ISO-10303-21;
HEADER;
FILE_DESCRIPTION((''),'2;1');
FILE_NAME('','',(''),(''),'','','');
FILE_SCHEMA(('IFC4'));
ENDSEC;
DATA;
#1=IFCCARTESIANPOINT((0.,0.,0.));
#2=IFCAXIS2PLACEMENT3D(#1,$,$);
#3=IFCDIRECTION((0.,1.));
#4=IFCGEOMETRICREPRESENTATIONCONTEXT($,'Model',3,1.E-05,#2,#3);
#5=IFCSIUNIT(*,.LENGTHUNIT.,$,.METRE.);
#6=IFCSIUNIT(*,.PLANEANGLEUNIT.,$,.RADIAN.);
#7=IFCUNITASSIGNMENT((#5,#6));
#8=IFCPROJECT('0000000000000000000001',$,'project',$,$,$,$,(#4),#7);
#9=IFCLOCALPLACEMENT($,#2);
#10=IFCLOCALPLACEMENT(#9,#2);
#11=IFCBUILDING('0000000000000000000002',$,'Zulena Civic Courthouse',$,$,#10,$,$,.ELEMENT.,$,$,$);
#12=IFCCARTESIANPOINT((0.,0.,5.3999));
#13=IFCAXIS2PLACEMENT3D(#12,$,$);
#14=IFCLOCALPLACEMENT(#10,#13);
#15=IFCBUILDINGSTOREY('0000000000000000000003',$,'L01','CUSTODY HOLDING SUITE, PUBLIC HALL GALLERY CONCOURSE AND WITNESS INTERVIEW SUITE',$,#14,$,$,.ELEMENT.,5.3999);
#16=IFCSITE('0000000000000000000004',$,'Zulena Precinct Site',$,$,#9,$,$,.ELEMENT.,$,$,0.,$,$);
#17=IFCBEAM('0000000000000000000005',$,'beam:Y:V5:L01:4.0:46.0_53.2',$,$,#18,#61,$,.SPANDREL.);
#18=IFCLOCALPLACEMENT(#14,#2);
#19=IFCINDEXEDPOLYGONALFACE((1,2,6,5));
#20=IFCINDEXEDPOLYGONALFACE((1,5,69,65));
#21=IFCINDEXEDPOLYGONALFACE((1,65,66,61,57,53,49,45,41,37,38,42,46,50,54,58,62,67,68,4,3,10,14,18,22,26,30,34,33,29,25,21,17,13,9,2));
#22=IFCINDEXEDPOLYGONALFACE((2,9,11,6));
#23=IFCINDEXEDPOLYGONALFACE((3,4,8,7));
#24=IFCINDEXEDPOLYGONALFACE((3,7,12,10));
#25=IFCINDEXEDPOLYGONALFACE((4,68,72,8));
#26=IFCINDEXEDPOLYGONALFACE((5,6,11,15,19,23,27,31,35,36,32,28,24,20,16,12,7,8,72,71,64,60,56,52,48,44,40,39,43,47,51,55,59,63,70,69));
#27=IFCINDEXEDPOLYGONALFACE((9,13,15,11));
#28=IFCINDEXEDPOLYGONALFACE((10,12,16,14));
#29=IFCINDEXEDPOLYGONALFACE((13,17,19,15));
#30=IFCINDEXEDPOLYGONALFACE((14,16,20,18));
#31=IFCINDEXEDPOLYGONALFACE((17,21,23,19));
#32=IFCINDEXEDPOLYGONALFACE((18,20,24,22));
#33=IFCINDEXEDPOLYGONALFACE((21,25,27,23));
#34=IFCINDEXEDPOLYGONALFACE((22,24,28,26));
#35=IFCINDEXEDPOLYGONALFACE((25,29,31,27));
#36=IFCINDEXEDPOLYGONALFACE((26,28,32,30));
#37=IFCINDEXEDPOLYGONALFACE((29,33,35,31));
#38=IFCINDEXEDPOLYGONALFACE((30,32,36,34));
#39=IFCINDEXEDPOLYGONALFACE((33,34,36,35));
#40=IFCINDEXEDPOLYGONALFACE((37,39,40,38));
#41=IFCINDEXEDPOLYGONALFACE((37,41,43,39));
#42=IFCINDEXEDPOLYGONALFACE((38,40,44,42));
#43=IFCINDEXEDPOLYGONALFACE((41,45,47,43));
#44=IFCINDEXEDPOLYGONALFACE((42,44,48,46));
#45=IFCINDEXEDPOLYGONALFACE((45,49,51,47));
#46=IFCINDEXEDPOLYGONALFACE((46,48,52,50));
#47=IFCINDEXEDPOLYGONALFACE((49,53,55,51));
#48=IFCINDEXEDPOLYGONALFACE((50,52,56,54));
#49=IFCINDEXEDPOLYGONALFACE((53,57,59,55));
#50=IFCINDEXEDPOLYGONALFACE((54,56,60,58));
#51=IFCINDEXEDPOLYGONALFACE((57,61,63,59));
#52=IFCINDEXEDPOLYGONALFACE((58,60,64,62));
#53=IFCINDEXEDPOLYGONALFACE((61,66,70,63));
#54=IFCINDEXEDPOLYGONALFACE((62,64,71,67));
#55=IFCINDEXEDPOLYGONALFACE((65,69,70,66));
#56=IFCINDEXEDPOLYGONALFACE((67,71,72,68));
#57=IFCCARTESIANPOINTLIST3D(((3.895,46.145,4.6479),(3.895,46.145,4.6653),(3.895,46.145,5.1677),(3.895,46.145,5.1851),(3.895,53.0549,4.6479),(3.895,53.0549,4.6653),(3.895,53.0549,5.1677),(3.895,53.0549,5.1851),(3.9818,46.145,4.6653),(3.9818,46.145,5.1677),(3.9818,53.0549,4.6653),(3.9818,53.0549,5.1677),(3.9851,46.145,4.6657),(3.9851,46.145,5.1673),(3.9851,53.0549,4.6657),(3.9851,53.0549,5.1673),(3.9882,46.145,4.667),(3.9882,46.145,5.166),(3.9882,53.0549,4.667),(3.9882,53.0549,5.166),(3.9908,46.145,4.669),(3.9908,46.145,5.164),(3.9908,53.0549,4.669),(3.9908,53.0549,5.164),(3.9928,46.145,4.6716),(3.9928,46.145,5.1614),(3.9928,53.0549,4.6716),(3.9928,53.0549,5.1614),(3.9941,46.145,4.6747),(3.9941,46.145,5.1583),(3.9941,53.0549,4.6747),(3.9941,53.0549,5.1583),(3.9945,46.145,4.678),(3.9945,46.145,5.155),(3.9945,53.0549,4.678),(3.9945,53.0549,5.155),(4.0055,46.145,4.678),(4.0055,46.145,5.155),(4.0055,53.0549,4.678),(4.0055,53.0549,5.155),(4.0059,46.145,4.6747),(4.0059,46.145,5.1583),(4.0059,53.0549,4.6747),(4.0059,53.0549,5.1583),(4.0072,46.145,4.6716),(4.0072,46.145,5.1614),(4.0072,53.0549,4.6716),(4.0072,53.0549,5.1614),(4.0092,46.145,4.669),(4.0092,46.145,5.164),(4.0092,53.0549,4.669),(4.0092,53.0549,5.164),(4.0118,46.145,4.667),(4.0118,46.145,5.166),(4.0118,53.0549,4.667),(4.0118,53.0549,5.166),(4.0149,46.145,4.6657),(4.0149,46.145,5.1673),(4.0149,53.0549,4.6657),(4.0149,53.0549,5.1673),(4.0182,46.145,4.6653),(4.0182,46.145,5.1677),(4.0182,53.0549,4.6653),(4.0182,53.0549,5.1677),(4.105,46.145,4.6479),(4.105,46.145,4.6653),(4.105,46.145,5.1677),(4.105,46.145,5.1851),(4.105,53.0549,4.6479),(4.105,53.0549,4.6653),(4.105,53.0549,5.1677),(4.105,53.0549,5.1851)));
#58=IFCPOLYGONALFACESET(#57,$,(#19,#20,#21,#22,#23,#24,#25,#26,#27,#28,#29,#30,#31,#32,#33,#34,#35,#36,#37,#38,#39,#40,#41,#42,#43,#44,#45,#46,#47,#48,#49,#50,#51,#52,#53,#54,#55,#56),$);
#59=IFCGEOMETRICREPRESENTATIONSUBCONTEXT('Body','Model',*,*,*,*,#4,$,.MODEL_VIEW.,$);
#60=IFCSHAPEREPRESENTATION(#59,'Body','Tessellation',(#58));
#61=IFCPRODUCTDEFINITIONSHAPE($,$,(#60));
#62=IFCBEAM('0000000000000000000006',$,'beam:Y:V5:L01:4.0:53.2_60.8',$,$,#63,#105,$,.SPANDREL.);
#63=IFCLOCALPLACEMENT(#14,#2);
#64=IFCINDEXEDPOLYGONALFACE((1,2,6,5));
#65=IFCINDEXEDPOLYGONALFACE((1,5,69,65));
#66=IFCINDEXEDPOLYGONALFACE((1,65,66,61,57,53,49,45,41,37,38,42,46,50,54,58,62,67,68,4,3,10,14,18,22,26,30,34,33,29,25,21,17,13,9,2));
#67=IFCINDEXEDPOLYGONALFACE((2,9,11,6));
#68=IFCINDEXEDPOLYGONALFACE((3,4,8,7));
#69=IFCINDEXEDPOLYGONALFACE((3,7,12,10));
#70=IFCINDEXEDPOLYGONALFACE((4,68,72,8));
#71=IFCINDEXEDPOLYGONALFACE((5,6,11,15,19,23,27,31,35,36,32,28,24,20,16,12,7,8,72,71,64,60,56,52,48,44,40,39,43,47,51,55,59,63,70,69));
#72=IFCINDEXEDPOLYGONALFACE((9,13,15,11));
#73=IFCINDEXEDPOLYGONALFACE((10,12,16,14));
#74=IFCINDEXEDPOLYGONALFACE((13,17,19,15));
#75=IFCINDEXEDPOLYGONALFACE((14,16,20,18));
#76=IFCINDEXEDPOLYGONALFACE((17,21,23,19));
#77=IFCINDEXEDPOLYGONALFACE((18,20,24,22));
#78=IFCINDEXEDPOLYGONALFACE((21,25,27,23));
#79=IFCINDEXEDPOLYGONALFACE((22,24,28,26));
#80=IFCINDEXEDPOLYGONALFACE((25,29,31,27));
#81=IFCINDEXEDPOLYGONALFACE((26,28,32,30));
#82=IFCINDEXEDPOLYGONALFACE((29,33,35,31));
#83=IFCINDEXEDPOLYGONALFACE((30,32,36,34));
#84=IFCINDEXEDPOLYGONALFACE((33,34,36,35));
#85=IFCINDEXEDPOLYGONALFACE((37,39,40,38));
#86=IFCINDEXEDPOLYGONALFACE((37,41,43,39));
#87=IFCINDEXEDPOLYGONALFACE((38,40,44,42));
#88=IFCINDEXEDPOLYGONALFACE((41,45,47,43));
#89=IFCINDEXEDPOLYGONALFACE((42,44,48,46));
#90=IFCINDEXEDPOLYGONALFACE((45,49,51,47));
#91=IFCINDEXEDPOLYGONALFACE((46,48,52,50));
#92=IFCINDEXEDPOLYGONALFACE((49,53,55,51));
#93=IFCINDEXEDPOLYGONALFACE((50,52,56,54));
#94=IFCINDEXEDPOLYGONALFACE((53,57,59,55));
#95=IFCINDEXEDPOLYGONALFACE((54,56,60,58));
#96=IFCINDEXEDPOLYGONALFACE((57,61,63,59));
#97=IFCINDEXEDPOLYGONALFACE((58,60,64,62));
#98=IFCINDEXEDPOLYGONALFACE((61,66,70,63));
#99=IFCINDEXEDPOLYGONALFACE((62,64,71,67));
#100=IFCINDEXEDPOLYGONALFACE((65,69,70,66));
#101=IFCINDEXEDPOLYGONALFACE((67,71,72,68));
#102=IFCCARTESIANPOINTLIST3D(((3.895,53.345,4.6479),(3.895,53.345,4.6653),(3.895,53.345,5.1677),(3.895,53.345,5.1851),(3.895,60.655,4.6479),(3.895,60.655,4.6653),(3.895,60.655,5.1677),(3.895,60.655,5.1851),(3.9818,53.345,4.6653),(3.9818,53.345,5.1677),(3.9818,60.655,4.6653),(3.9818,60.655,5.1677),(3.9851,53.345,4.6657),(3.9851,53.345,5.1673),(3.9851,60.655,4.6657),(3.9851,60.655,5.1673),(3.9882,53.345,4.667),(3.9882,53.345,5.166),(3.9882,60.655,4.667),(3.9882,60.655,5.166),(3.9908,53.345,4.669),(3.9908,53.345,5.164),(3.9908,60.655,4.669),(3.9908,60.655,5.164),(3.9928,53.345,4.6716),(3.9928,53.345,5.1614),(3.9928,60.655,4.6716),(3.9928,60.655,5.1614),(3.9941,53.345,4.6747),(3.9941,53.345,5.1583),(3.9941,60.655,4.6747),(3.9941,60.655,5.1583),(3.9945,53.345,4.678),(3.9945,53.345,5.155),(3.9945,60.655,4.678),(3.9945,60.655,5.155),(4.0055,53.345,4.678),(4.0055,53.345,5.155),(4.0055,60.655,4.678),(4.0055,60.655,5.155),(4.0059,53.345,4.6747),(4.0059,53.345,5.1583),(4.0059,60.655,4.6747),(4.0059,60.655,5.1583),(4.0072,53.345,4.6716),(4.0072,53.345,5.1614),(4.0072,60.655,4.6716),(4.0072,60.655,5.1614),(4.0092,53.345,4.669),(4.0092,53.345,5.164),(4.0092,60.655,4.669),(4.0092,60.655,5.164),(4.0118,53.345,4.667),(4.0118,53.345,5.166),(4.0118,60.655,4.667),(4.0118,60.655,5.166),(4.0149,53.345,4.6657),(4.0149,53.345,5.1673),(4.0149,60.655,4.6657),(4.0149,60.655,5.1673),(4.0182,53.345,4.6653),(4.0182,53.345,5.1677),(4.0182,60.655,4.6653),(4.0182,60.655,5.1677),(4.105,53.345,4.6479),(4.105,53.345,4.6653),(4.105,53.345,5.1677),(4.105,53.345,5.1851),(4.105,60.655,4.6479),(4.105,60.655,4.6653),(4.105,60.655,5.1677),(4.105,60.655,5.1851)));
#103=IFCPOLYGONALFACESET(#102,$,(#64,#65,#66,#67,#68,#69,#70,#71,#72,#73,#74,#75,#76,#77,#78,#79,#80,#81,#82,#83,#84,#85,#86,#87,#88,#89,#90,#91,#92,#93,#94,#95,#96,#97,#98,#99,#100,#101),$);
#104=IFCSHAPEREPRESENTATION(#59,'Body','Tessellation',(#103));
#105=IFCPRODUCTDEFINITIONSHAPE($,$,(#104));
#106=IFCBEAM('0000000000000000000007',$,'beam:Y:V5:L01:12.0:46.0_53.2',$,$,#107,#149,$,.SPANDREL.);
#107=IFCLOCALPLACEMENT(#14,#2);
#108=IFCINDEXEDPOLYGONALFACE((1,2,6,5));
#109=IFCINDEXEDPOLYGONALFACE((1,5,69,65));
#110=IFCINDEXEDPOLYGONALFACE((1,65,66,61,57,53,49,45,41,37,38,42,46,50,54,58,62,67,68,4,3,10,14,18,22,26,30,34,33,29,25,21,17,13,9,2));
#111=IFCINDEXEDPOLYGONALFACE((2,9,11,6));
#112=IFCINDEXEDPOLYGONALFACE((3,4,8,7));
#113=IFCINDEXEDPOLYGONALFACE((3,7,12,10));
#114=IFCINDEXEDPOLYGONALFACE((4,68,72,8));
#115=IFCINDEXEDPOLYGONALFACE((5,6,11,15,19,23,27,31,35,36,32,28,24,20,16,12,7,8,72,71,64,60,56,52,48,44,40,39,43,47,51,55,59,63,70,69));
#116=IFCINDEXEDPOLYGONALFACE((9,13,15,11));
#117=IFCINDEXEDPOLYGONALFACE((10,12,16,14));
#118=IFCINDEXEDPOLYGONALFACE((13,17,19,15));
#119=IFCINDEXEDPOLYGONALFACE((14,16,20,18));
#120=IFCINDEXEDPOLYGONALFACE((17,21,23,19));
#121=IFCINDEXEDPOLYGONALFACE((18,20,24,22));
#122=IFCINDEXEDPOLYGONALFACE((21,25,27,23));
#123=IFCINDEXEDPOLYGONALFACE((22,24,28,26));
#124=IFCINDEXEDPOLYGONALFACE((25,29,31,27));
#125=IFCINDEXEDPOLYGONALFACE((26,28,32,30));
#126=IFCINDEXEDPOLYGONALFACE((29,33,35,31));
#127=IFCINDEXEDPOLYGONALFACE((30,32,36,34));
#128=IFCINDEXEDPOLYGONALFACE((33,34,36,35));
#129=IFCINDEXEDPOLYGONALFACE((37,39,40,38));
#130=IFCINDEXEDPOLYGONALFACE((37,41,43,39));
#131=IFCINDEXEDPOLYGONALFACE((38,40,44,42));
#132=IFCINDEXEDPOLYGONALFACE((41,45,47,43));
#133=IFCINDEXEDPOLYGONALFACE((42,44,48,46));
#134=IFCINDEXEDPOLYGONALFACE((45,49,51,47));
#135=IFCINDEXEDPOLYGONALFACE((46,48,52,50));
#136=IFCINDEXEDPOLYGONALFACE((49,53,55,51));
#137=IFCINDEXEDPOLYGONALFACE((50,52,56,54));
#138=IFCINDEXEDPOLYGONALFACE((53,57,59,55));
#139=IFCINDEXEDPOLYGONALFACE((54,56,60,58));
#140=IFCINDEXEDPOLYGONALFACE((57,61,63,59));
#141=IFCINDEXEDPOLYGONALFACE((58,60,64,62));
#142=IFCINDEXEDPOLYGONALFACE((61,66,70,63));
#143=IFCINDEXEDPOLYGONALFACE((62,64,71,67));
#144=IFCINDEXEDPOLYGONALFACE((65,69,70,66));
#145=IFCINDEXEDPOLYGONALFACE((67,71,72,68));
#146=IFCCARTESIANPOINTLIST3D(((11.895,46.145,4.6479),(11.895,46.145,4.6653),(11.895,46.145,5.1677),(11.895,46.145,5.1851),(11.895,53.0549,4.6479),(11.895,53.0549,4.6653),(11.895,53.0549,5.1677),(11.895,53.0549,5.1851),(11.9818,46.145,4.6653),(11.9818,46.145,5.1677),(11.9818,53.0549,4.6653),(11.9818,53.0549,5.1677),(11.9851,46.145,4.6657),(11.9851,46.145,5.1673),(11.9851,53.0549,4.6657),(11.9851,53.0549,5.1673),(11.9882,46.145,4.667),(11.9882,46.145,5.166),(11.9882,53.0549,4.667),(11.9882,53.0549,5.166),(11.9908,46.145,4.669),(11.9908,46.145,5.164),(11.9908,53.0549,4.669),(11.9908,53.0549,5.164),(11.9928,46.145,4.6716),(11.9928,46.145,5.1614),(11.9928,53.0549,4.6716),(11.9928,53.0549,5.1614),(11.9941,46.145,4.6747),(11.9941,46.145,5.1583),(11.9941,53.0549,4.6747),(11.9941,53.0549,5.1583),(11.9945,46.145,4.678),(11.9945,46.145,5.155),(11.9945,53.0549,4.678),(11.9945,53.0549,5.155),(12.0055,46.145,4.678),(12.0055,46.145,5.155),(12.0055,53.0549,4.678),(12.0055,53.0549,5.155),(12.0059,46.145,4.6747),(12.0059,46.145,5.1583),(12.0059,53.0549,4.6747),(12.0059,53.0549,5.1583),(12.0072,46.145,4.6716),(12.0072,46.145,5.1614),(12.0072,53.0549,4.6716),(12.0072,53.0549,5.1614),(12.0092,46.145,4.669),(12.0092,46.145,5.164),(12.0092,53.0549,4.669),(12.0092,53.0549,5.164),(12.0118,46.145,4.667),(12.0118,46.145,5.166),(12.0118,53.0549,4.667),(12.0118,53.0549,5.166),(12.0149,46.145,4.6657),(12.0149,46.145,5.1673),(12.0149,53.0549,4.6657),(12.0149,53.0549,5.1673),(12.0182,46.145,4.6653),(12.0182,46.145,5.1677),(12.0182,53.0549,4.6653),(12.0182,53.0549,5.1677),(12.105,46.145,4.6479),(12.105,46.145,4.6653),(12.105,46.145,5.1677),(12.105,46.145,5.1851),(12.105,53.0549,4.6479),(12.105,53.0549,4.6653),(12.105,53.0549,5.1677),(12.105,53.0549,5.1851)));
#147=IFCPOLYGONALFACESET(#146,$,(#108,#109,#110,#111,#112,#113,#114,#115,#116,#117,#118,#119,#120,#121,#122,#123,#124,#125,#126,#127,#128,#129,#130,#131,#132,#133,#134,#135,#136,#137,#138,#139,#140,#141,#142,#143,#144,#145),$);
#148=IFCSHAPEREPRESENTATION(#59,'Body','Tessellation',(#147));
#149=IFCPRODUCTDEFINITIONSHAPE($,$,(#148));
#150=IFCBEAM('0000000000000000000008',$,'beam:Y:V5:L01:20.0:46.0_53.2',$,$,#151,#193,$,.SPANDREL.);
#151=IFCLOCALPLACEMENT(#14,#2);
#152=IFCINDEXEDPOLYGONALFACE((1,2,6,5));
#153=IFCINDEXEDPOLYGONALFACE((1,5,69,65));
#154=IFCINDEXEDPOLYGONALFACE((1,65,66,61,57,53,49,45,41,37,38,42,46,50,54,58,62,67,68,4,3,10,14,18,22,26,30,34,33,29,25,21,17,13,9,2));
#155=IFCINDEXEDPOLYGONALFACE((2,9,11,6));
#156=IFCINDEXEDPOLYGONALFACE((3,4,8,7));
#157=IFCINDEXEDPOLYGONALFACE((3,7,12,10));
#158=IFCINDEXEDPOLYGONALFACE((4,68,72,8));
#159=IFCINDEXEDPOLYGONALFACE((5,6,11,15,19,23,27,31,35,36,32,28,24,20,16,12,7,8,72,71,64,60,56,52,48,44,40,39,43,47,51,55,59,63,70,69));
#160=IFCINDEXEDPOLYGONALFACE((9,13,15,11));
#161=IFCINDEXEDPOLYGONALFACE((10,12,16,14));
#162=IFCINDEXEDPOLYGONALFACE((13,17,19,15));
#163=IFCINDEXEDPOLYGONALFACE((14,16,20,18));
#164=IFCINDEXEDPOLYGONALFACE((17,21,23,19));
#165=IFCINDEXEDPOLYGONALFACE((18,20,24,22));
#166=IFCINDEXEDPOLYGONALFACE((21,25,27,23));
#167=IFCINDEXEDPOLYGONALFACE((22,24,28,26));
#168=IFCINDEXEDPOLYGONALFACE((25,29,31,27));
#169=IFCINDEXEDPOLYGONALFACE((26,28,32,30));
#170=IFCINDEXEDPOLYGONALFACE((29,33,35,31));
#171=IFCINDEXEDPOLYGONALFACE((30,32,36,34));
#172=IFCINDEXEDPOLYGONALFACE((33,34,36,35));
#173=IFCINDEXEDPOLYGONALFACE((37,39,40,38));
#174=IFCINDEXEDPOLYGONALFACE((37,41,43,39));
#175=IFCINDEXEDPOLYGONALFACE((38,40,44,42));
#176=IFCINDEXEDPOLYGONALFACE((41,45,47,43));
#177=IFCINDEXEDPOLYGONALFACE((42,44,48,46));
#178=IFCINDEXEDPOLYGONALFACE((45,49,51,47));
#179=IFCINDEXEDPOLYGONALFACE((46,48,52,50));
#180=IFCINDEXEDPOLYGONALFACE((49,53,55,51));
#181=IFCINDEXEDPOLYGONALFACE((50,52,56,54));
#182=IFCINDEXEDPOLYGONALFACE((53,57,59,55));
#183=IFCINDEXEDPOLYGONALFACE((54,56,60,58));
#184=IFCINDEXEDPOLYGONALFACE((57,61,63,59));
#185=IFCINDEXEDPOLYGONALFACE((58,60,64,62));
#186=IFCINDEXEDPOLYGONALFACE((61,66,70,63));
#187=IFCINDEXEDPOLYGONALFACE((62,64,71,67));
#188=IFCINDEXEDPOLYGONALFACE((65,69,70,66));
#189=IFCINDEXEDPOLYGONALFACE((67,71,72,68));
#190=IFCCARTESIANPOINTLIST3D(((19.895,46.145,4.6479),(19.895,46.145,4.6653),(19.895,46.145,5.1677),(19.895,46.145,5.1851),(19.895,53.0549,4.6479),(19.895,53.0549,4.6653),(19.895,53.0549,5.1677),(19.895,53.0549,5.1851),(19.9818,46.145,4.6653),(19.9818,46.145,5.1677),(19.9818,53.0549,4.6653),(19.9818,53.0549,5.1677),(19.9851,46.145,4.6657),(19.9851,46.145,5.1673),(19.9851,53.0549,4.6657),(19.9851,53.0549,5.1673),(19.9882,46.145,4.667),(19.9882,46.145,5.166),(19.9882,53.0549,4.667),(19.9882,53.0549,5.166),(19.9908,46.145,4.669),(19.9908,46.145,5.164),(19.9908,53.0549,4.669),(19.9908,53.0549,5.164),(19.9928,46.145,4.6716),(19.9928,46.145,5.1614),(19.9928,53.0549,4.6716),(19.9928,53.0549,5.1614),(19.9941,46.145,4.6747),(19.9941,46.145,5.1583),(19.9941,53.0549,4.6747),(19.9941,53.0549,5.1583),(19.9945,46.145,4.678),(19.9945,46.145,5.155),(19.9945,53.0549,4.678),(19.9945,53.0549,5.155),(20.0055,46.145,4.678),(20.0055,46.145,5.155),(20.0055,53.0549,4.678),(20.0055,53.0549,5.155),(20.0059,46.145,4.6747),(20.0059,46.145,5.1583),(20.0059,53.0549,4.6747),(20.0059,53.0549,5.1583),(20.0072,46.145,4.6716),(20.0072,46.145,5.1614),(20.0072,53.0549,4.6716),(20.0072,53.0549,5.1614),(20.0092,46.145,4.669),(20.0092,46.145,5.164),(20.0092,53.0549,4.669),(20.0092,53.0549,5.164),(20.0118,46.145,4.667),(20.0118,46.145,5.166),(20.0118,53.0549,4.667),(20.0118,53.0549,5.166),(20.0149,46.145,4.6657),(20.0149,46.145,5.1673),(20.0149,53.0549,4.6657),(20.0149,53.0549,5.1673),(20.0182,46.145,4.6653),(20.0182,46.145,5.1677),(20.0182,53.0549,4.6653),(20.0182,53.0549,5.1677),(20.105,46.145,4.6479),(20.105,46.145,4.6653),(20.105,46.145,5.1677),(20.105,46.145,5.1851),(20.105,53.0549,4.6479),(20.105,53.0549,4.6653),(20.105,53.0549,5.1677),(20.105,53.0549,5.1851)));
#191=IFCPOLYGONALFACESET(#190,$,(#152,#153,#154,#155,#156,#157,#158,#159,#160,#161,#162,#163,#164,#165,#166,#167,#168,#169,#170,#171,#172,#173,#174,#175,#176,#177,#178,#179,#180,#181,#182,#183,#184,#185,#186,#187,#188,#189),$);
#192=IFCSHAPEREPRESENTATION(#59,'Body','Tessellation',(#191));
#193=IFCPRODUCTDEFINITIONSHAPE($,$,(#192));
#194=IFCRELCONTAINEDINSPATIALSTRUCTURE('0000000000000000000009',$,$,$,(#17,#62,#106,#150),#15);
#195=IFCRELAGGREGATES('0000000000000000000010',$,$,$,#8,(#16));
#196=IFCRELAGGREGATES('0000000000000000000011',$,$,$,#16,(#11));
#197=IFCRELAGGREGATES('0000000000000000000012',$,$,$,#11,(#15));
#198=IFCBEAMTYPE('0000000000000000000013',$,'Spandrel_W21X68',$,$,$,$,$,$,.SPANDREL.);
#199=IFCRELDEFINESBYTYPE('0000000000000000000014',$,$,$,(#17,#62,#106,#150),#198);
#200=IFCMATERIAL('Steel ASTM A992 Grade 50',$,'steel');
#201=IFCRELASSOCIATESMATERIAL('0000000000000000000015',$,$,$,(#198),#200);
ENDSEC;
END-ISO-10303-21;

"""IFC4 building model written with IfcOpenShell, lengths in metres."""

from ifc_helpers import new_model, si_unit, direction, frame, origin, origin_2d, place, context, subcontext, project, spatial, i_section, extrude, material, material_profile, profile_set, type_object, element, save


model = new_model("IFC4")

# Units and contexts
model_context = context("Model", 3, precision=1e-05, world=origin(), true_north=direction((0.0, 1.0)))
body_context = subcontext(model_context, "Body", "Model", "MODEL_VIEW")
ifc_project = project(units=[si_unit("LENGTHUNIT", "METRE"), si_unit("PLANEANGLEUNIT", "RADIAN")], contexts=[model_context])

# Site, building, storey
site_placement = place(None, origin())
site = spatial("IfcSite", under=ifc_project, at=site_placement, Name="Zulena Precinct Site", CompositionType="ELEMENT", RefElevation=0.0)
building_placement = place(site_placement, origin())
building = spatial("IfcBuilding", under=site, at=building_placement, Name="Zulena Civic Courthouse", CompositionType="ELEMENT")
storey_placement = place(building_placement, frame((0.0, 0.0, 5.3999)))
storey = spatial("IfcBuildingStorey", under=building, at=storey_placement, Name="L01", Description="CUSTODY HOLDING SUITE, PUBLIC HALL GALLERY CONCOURSE AND WITNESS INTERVIEW SUITE", CompositionType="ELEMENT", Elevation=5.3999)

# Shared definitions
ifc_material_1 = material(Name="Steel ASTM A992 Grade 50", Category="steel")

# Beams
ifc_material_profile_1 = material_profile(ifc_material_1, i_section(OverallWidth=0.21, OverallDepth=0.5371, WebThickness=0.011, FlangeThickness=0.0173, FilletRadius=0.0127, at=origin_2d()), Name="W21X68")
ifc_profile_set_1 = profile_set([ifc_material_profile_1], Name="Steel ASTM A992 Grade 50")
beam_type_1 = type_object("IfcBeamType", Name="Spandrel_W21X68", PredefinedType="SPANDREL", material=ifc_profile_set_1)
beam_1_placement = place(storey_placement, frame((4.0, 46.145, 4.9165), z_axis=(0.0, 1.0, 0.0), x_axis=(-1.0, 0.0, 0.0)))
element("IfcBeam", 1, at=beam_1_placement, inside=storey, type_object=beam_type_1, Name="beam:Y:V5:L01:4.0:46.0_53.2", PredefinedType="SPANDREL", context=body_context, shape_type="SweptSolid", body=[
    extrude(i_section(OverallWidth=0.21, OverallDepth=0.5371, WebThickness=0.011, FlangeThickness=0.0173, FilletRadius=0.0127, at=origin_2d()), origin(), (0.0, 0.0, 1.0), 6.9099),
])
beam_2_placement = place(storey_placement, frame((4.0, 53.345, 4.9165), z_axis=(0.0, 1.0, 0.0), x_axis=(-1.0, 0.0, 0.0)))
element("IfcBeam", 2, at=beam_2_placement, inside=storey, type_object=beam_type_1, Name="beam:Y:V5:L01:4.0:53.2_60.8", PredefinedType="SPANDREL", context=body_context, shape_type="SweptSolid", body=[
    extrude(i_section(OverallWidth=0.21, OverallDepth=0.5371, WebThickness=0.011, FlangeThickness=0.0173, FilletRadius=0.0127, at=origin_2d()), origin(), (0.0, 0.0, 1.0), 7.3101),
])
for number, where, z_axis, x_axis, name in (
    (3, (12.0, 46.145, 4.9165), (0.0, 1.0, 0.0), (-1.0, 0.0, 0.0), "beam:Y:V5:L01:12.0:46.0_53.2"),
    (4, (20.0, 46.145, 4.9165), (0.0, 1.0, 0.0), (-1.0, 0.0, 0.0), "beam:Y:V5:L01:20.0:46.0_53.2"),
):
    element("IfcBeam", number, at=place(storey_placement, frame(where, z_axis=z_axis, x_axis=x_axis)), inside=storey, type_object=beam_type_1, Name=name, PredefinedType="SPANDREL", context=body_context, shape_type="SweptSolid", body=[
        extrude(i_section(OverallWidth=0.21, OverallDepth=0.5371, WebThickness=0.011, FlangeThickness=0.0173, FilletRadius=0.0127, at=origin_2d()), origin(), (0.0, 0.0, 1.0), 6.9099),
    ])

save(model, "model.ifc")
